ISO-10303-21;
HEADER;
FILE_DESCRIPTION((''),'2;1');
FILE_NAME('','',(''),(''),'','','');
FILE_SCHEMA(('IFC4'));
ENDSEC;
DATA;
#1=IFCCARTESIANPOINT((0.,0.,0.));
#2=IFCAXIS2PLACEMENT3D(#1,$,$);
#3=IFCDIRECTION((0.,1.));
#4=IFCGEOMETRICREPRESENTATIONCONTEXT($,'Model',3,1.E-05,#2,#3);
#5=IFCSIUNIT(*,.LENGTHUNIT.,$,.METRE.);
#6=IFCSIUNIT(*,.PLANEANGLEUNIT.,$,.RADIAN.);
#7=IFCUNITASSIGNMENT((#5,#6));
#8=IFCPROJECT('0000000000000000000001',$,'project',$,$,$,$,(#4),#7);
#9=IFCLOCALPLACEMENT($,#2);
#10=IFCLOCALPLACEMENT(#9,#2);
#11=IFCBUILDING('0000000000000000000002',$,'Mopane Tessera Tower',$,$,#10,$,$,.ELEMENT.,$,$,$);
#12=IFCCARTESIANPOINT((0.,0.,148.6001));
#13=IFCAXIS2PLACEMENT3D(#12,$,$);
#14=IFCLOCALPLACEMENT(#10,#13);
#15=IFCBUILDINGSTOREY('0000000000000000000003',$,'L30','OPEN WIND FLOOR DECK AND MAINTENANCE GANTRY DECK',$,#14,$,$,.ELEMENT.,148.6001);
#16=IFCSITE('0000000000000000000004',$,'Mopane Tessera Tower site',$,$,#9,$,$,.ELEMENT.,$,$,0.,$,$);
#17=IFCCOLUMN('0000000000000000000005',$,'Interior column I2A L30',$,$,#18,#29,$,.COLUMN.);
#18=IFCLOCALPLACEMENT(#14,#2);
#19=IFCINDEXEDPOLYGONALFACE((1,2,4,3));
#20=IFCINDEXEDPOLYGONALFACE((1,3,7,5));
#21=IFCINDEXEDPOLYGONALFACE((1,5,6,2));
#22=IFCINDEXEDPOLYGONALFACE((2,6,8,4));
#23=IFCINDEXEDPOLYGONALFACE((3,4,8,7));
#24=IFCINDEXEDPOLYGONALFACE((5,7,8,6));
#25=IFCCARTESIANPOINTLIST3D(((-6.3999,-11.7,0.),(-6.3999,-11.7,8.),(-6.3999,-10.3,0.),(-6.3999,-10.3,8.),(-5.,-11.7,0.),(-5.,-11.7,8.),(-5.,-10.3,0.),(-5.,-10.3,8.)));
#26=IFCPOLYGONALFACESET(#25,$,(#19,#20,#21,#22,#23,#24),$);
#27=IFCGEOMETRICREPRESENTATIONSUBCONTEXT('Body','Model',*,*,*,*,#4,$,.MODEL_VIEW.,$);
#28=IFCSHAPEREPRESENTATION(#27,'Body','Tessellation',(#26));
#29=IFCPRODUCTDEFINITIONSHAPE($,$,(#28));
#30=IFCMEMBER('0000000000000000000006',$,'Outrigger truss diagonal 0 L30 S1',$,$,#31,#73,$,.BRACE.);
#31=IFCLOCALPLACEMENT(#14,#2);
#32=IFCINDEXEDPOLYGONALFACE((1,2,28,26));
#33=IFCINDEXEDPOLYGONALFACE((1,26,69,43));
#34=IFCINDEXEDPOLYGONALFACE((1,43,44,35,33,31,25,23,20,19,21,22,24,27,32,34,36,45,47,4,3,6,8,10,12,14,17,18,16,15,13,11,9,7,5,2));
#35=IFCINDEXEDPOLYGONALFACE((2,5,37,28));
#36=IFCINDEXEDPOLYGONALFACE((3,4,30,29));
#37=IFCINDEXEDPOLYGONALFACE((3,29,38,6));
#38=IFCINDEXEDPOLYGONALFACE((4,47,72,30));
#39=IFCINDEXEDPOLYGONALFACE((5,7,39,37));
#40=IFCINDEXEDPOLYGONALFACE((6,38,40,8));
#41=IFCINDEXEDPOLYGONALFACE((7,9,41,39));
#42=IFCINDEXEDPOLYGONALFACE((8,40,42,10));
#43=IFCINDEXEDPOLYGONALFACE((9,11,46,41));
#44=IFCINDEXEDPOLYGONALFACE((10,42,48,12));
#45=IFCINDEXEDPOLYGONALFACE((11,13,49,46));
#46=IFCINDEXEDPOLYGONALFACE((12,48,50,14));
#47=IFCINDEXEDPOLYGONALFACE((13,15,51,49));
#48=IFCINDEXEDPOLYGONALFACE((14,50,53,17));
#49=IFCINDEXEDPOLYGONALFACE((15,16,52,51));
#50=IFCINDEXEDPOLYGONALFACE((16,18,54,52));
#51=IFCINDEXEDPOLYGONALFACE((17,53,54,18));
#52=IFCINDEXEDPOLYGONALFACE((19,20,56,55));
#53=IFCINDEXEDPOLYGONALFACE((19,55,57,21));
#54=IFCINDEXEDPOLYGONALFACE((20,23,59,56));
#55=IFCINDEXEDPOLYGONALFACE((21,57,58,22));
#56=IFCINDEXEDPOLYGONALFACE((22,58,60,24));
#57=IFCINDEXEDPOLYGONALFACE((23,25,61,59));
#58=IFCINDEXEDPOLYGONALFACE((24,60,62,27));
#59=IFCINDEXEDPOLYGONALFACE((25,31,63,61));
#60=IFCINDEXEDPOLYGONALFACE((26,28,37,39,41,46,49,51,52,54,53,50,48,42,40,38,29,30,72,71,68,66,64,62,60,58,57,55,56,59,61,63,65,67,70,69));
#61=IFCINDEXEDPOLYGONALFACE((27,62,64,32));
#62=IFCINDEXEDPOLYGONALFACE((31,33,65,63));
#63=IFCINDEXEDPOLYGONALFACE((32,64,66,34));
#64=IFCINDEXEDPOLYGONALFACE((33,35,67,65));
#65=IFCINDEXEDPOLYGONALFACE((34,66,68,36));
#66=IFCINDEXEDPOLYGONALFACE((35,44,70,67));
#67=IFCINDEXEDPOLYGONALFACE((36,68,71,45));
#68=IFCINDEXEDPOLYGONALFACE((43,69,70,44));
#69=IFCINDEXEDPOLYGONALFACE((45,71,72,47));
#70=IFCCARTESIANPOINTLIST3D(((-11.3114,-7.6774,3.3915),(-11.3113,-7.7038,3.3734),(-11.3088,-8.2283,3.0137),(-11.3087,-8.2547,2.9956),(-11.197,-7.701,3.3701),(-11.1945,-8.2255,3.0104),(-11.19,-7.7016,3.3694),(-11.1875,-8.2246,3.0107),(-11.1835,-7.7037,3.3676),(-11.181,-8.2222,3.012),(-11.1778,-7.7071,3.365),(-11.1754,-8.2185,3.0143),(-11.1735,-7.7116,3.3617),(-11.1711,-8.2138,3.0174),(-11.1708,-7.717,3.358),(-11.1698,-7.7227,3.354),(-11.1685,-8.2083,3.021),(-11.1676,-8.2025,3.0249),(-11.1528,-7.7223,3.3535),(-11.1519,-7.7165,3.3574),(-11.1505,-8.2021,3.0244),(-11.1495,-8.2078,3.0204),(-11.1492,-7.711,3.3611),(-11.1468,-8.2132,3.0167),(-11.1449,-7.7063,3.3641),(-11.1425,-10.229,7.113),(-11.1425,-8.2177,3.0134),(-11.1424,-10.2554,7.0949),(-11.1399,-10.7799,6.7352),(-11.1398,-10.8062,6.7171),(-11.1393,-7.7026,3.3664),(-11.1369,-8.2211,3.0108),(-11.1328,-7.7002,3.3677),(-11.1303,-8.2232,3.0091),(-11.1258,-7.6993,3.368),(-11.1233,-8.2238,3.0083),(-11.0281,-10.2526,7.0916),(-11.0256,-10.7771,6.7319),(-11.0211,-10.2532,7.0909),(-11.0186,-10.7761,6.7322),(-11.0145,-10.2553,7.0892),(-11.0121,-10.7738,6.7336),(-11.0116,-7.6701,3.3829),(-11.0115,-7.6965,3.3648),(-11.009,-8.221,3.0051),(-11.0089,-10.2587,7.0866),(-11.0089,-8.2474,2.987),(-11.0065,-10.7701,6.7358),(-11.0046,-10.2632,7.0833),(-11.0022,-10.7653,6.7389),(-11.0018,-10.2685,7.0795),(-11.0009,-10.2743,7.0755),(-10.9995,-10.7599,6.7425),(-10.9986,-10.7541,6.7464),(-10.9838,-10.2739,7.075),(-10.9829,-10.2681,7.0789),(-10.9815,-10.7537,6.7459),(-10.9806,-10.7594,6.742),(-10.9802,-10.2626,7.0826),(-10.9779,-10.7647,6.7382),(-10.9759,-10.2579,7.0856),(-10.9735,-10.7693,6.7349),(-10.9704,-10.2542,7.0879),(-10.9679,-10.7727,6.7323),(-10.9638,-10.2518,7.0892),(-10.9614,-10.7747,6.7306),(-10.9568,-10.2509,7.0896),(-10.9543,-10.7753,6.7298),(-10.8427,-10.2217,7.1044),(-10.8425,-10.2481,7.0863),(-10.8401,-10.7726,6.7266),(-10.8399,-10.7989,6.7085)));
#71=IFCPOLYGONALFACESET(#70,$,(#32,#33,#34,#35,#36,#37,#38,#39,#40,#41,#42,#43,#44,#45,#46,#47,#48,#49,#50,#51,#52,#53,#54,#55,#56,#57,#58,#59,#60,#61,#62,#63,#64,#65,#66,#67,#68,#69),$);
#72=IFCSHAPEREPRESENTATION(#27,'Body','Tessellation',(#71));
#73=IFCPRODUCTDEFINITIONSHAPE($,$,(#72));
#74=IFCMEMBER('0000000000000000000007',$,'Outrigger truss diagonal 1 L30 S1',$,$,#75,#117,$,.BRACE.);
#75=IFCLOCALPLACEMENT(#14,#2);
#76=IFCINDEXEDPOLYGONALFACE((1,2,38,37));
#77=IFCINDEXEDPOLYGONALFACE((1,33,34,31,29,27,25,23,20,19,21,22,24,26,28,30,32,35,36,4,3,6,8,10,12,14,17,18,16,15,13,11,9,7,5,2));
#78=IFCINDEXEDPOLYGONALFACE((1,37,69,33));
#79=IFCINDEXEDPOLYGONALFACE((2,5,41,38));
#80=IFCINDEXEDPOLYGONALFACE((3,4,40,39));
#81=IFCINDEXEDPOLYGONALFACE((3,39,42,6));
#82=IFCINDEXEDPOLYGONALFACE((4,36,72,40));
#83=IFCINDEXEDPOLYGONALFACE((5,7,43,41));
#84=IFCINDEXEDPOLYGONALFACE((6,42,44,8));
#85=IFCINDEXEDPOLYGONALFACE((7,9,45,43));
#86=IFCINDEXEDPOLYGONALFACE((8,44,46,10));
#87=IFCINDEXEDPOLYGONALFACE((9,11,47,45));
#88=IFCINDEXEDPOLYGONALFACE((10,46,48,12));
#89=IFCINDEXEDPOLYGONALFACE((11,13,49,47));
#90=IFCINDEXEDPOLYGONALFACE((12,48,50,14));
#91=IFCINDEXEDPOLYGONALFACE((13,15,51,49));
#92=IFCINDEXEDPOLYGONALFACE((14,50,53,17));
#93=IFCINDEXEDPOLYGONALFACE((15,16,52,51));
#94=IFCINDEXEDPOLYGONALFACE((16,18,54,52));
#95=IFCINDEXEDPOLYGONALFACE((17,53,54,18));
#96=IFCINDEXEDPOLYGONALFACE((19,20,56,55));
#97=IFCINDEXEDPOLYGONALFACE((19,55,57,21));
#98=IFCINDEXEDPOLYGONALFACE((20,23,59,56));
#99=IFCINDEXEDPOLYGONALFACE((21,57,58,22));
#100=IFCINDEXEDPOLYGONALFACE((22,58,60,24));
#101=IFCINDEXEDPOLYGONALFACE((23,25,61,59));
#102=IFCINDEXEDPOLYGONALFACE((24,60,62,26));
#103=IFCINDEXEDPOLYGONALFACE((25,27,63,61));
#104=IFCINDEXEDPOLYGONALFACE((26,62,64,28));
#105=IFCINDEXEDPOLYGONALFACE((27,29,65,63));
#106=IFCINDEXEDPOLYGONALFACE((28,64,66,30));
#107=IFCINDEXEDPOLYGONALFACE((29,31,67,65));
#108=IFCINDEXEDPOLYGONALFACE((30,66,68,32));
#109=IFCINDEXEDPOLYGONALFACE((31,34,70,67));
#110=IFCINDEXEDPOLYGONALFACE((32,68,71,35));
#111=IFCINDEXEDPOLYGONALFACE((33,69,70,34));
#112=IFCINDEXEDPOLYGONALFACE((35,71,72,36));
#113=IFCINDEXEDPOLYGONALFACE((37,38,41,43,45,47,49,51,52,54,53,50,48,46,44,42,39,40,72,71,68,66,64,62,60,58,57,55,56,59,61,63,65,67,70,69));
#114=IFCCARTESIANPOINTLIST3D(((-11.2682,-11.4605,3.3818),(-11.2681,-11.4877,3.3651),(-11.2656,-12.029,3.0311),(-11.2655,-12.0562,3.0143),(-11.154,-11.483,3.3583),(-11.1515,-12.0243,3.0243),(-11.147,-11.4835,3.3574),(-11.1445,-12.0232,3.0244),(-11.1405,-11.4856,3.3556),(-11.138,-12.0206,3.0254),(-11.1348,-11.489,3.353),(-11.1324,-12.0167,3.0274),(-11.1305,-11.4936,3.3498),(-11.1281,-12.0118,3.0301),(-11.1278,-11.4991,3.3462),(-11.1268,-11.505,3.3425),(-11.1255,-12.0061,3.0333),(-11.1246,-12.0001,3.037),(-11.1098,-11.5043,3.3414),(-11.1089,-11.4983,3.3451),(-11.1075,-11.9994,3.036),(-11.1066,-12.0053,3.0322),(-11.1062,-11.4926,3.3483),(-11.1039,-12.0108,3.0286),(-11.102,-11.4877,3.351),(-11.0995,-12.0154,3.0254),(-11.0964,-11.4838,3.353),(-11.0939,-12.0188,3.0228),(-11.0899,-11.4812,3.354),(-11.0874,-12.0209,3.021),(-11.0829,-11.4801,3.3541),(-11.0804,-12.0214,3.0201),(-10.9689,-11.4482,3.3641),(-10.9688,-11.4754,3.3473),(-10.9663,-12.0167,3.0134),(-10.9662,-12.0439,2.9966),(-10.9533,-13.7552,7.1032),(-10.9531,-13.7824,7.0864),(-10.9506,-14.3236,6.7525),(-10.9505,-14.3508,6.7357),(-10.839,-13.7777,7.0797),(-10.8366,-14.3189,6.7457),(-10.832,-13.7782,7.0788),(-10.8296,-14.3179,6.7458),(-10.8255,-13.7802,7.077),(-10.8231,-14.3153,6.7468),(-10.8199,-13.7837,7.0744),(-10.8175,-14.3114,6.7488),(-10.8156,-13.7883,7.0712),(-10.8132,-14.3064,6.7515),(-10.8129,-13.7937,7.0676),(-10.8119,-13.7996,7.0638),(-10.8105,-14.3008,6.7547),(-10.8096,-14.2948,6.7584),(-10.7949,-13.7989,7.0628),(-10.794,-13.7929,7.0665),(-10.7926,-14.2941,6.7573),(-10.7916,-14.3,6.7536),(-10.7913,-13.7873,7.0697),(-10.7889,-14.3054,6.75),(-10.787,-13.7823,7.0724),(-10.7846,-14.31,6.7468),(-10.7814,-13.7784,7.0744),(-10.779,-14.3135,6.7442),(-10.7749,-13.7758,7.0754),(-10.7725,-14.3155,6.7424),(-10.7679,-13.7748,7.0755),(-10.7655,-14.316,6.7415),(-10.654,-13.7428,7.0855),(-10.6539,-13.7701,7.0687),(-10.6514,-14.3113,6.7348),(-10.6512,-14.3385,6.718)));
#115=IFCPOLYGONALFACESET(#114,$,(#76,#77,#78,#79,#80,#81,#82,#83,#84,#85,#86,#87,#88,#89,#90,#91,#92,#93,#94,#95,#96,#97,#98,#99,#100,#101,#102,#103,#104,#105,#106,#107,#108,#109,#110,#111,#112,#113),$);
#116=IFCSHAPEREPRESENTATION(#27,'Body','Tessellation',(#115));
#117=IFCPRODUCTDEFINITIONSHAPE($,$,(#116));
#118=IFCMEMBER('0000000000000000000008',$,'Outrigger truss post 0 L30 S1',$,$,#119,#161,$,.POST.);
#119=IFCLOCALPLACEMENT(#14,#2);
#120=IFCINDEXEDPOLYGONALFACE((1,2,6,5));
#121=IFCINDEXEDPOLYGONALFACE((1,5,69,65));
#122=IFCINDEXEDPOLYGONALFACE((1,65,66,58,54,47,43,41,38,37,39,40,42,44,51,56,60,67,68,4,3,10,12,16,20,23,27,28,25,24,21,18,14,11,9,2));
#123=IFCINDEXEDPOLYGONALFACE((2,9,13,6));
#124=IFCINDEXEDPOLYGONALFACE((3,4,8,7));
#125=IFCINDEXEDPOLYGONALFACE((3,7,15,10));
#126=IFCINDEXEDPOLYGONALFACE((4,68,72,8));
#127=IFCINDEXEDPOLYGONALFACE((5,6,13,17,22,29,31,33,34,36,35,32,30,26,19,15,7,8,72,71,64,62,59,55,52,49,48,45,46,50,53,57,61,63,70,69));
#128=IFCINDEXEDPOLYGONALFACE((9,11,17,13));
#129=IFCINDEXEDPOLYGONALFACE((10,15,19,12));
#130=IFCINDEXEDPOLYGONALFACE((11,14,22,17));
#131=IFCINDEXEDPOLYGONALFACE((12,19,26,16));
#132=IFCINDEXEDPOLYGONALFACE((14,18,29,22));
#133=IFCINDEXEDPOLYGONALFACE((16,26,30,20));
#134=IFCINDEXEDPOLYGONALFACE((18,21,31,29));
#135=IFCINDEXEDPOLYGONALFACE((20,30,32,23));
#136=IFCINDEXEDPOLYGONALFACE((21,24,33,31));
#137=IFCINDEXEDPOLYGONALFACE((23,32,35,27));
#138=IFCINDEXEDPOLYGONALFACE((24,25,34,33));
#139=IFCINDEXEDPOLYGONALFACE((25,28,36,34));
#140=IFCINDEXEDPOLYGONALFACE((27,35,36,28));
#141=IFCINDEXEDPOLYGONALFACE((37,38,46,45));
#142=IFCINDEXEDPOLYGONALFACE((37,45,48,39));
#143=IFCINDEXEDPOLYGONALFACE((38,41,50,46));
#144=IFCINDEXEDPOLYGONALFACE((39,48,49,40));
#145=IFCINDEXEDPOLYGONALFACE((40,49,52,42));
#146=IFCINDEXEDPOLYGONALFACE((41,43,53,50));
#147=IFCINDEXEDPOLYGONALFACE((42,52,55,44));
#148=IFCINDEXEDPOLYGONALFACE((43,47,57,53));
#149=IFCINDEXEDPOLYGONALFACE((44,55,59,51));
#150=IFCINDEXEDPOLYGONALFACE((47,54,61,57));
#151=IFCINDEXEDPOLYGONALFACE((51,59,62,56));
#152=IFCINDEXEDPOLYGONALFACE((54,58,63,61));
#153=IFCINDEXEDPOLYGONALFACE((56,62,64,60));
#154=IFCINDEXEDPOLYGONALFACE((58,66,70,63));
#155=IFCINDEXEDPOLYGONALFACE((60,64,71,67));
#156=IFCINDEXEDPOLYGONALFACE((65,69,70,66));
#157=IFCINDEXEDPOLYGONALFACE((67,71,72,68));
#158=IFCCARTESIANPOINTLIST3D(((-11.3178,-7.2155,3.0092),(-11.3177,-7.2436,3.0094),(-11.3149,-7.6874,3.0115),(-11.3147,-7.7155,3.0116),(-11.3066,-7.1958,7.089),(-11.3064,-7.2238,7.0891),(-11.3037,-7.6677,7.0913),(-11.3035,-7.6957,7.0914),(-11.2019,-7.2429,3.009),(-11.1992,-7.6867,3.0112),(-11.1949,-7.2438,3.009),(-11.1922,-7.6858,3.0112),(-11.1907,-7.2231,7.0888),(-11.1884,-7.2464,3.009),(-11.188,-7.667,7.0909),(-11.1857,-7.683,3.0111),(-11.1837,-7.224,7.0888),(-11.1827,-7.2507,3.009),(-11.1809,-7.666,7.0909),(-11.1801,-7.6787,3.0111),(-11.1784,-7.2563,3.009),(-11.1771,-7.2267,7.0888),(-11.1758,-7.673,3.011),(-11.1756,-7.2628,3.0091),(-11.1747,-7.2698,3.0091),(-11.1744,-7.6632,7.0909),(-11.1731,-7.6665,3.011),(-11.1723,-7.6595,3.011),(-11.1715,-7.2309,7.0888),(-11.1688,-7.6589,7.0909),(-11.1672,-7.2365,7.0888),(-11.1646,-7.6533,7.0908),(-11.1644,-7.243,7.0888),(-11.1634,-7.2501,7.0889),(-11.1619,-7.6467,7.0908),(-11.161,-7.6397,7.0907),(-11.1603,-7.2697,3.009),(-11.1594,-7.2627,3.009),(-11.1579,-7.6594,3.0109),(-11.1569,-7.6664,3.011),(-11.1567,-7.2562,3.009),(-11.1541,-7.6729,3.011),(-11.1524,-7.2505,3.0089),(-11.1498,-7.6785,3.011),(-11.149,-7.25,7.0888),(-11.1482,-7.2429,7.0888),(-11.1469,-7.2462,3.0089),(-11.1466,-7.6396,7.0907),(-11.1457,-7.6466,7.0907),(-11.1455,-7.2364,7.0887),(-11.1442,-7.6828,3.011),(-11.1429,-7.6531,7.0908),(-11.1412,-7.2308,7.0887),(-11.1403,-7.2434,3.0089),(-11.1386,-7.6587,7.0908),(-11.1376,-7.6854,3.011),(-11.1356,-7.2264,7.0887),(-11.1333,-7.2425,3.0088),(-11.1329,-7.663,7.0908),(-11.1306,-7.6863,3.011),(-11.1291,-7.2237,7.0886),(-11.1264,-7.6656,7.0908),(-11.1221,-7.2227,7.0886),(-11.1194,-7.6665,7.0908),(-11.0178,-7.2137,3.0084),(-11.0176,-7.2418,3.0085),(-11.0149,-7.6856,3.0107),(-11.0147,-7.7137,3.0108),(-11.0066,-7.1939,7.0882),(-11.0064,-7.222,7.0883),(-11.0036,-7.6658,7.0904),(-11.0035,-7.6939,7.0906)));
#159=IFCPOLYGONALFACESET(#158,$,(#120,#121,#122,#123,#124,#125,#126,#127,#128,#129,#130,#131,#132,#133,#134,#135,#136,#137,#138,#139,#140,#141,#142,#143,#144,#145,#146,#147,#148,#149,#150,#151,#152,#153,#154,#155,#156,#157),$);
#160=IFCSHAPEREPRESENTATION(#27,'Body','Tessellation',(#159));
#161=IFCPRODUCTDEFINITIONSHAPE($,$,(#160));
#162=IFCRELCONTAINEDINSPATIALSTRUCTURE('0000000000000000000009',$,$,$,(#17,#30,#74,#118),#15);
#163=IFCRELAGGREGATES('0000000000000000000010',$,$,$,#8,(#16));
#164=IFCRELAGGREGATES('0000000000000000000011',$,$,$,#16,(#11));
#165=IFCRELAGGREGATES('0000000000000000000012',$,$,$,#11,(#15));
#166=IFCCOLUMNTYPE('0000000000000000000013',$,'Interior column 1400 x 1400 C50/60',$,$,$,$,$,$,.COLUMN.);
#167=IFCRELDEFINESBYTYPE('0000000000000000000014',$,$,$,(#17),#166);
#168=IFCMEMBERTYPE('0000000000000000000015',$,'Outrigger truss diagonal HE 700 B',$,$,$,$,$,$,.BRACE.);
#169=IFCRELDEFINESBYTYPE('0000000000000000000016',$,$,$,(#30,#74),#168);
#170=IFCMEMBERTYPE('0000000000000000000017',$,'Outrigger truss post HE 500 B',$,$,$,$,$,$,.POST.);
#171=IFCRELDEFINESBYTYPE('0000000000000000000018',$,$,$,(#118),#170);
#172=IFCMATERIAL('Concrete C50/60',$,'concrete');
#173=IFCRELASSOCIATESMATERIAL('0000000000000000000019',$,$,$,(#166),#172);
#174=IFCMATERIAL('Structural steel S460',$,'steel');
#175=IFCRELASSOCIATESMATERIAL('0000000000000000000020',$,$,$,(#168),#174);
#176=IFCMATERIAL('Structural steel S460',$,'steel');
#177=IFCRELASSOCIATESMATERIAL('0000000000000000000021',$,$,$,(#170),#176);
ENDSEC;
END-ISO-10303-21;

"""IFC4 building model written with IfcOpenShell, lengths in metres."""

from ifc_helpers import new_model, si_unit, direction, frame, origin, origin_2d, place, context, subcontext, project, spatial, rectangle, i_section, extrude, material, material_profile, profile_set, type_object, element, save


model = new_model("IFC4")

# Units and contexts
model_context = context("Model", 3, precision=1e-05, world=origin(), true_north=direction((0.0, 1.0)))
body_context = subcontext(model_context, "Body", "Model", "MODEL_VIEW")
ifc_project = project(units=[si_unit("LENGTHUNIT", "METRE"), si_unit("PLANEANGLEUNIT", "RADIAN")], contexts=[model_context])

# Site, building, storey
site_placement = place(None, origin())
site = spatial("IfcSite", under=ifc_project, at=site_placement, Name="Mopane Tessera Tower site", CompositionType="ELEMENT", RefElevation=0.0)
building_placement = place(site_placement, origin())
building = spatial("IfcBuilding", under=site, at=building_placement, Name="Mopane Tessera Tower", CompositionType="ELEMENT")
storey_placement = place(building_placement, frame((0.0, 0.0, 148.6001)))
storey = spatial("IfcBuildingStorey", under=building, at=storey_placement, Name="L30", Description="OPEN WIND FLOOR DECK AND MAINTENANCE GANTRY DECK", CompositionType="ELEMENT", Elevation=148.6001)

# Column
ifc_material_1 = material(Name="Concrete C50/60", Category="concrete")
ifc_material_profile_1 = material_profile(ifc_material_1, rectangle(XDim=1.3999, YDim=1.3999, at=origin_2d()))
ifc_profile_set_1 = profile_set([ifc_material_profile_1], Name="Concrete C50/60")
column_type = type_object("IfcColumnType", Name="Interior column 1400 x 1400 C50/60", PredefinedType="COLUMN", material=ifc_profile_set_1)
column_placement = place(storey_placement, frame((-5.7, -11.0, 0.0), z_axis=(0.0, 0.0, 1.0), x_axis=(1.0, 0.0, 0.0)))
element("IfcColumn", 1, at=column_placement, inside=storey, type_object=column_type, Name="Interior column I2A L30", PredefinedType="COLUMN", context=body_context, shape_type="SweptSolid", body=[
    extrude(rectangle(XDim=1.3999, YDim=1.3999, at=origin_2d()), origin(), (0.0, 0.0, 1.0), 8.0),
])

# Members
ifc_material_2 = material(Name="Structural steel S460", Category="steel")
ifc_material_profile_2 = material_profile(ifc_material_2, i_section(OverallWidth=0.3, OverallDepth=0.7, WebThickness=0.0171, FlangeThickness=0.032, FilletRadius=0.0271, at=origin_2d()))
ifc_profile_set_2 = profile_set([ifc_material_profile_2], Name="Structural steel S460")
member_type_1 = type_object("IfcMemberType", Name="Outrigger truss diagonal HE 700 B", PredefinedType="BRACE", material=ifc_profile_set_2)
member_1_placement = place(storey_placement, frame((-11.1602, -7.9624, 3.1892), z_axis=(0.037416, -0.565083, 0.824185), x_axis=(0.999292, 0.024374, -0.028654)))
element("IfcMember", 2, at=member_1_placement, inside=storey, type_object=member_type_1, Name="Outrigger truss diagonal 0 L30 S1", PredefinedType="BRACE", context=body_context, shape_type="SweptSolid", body=[
    extrude(i_section(OverallWidth=0.3, OverallDepth=0.7, WebThickness=0.0171, FlangeThickness=0.032, FilletRadius=0.0271, at=origin_2d()), origin(), (0.0, 0.0, 1.0), 4.5154),
])
member_2_placement = place(storey_placement, frame((-11.1172, -11.7522, 3.1892), z_axis=(0.071849, -0.523498, 0.848992), x_axis=(0.997408, 0.041052, -0.059097)))
element("IfcMember", 3, at=member_2_placement, inside=storey, type_object=member_type_1, Name="Outrigger truss diagonal 1 L30 S1", PredefinedType="BRACE", context=body_context, shape_type="SweptSolid", body=[
    extrude(i_section(OverallWidth=0.3, OverallDepth=0.7, WebThickness=0.0171, FlangeThickness=0.032, FilletRadius=0.0271, at=origin_2d()), origin(), (0.0, 0.0, 1.0), 4.3833),
])
ifc_material_3 = material(Name="Structural steel S460", Category="steel")
ifc_material_profile_3 = material_profile(ifc_material_3, i_section(OverallWidth=0.3, OverallDepth=0.5, WebThickness=0.0144, FlangeThickness=0.0281, FilletRadius=0.0271, at=origin_2d()))
ifc_profile_set_3 = profile_set([ifc_material_profile_3], Name="Structural steel S460")
member_type_2 = type_object("IfcMemberType", Name="Outrigger truss post HE 500 B", PredefinedType="POST", material=ifc_profile_set_3)
member_3_placement = place(storey_placement, frame((-11.1663, -7.4646, 3.01), z_axis=(0.002753, 0.004847, 0.999984), x_axis=(0.999977, 0.006179, -0.002783)))
element("IfcMember", 4, at=member_3_placement, inside=storey, type_object=member_type_2, Name="Outrigger truss post 0 L30 S1", PredefinedType="POST", context=body_context, shape_type="SweptSolid", body=[
    extrude(i_section(OverallWidth=0.3, OverallDepth=0.5, WebThickness=0.0144, FlangeThickness=0.0281, FilletRadius=0.0271, at=origin_2d()), origin(), (0.0, 0.0, 1.0), 4.0798),
])

save(model, "model.ifc")
